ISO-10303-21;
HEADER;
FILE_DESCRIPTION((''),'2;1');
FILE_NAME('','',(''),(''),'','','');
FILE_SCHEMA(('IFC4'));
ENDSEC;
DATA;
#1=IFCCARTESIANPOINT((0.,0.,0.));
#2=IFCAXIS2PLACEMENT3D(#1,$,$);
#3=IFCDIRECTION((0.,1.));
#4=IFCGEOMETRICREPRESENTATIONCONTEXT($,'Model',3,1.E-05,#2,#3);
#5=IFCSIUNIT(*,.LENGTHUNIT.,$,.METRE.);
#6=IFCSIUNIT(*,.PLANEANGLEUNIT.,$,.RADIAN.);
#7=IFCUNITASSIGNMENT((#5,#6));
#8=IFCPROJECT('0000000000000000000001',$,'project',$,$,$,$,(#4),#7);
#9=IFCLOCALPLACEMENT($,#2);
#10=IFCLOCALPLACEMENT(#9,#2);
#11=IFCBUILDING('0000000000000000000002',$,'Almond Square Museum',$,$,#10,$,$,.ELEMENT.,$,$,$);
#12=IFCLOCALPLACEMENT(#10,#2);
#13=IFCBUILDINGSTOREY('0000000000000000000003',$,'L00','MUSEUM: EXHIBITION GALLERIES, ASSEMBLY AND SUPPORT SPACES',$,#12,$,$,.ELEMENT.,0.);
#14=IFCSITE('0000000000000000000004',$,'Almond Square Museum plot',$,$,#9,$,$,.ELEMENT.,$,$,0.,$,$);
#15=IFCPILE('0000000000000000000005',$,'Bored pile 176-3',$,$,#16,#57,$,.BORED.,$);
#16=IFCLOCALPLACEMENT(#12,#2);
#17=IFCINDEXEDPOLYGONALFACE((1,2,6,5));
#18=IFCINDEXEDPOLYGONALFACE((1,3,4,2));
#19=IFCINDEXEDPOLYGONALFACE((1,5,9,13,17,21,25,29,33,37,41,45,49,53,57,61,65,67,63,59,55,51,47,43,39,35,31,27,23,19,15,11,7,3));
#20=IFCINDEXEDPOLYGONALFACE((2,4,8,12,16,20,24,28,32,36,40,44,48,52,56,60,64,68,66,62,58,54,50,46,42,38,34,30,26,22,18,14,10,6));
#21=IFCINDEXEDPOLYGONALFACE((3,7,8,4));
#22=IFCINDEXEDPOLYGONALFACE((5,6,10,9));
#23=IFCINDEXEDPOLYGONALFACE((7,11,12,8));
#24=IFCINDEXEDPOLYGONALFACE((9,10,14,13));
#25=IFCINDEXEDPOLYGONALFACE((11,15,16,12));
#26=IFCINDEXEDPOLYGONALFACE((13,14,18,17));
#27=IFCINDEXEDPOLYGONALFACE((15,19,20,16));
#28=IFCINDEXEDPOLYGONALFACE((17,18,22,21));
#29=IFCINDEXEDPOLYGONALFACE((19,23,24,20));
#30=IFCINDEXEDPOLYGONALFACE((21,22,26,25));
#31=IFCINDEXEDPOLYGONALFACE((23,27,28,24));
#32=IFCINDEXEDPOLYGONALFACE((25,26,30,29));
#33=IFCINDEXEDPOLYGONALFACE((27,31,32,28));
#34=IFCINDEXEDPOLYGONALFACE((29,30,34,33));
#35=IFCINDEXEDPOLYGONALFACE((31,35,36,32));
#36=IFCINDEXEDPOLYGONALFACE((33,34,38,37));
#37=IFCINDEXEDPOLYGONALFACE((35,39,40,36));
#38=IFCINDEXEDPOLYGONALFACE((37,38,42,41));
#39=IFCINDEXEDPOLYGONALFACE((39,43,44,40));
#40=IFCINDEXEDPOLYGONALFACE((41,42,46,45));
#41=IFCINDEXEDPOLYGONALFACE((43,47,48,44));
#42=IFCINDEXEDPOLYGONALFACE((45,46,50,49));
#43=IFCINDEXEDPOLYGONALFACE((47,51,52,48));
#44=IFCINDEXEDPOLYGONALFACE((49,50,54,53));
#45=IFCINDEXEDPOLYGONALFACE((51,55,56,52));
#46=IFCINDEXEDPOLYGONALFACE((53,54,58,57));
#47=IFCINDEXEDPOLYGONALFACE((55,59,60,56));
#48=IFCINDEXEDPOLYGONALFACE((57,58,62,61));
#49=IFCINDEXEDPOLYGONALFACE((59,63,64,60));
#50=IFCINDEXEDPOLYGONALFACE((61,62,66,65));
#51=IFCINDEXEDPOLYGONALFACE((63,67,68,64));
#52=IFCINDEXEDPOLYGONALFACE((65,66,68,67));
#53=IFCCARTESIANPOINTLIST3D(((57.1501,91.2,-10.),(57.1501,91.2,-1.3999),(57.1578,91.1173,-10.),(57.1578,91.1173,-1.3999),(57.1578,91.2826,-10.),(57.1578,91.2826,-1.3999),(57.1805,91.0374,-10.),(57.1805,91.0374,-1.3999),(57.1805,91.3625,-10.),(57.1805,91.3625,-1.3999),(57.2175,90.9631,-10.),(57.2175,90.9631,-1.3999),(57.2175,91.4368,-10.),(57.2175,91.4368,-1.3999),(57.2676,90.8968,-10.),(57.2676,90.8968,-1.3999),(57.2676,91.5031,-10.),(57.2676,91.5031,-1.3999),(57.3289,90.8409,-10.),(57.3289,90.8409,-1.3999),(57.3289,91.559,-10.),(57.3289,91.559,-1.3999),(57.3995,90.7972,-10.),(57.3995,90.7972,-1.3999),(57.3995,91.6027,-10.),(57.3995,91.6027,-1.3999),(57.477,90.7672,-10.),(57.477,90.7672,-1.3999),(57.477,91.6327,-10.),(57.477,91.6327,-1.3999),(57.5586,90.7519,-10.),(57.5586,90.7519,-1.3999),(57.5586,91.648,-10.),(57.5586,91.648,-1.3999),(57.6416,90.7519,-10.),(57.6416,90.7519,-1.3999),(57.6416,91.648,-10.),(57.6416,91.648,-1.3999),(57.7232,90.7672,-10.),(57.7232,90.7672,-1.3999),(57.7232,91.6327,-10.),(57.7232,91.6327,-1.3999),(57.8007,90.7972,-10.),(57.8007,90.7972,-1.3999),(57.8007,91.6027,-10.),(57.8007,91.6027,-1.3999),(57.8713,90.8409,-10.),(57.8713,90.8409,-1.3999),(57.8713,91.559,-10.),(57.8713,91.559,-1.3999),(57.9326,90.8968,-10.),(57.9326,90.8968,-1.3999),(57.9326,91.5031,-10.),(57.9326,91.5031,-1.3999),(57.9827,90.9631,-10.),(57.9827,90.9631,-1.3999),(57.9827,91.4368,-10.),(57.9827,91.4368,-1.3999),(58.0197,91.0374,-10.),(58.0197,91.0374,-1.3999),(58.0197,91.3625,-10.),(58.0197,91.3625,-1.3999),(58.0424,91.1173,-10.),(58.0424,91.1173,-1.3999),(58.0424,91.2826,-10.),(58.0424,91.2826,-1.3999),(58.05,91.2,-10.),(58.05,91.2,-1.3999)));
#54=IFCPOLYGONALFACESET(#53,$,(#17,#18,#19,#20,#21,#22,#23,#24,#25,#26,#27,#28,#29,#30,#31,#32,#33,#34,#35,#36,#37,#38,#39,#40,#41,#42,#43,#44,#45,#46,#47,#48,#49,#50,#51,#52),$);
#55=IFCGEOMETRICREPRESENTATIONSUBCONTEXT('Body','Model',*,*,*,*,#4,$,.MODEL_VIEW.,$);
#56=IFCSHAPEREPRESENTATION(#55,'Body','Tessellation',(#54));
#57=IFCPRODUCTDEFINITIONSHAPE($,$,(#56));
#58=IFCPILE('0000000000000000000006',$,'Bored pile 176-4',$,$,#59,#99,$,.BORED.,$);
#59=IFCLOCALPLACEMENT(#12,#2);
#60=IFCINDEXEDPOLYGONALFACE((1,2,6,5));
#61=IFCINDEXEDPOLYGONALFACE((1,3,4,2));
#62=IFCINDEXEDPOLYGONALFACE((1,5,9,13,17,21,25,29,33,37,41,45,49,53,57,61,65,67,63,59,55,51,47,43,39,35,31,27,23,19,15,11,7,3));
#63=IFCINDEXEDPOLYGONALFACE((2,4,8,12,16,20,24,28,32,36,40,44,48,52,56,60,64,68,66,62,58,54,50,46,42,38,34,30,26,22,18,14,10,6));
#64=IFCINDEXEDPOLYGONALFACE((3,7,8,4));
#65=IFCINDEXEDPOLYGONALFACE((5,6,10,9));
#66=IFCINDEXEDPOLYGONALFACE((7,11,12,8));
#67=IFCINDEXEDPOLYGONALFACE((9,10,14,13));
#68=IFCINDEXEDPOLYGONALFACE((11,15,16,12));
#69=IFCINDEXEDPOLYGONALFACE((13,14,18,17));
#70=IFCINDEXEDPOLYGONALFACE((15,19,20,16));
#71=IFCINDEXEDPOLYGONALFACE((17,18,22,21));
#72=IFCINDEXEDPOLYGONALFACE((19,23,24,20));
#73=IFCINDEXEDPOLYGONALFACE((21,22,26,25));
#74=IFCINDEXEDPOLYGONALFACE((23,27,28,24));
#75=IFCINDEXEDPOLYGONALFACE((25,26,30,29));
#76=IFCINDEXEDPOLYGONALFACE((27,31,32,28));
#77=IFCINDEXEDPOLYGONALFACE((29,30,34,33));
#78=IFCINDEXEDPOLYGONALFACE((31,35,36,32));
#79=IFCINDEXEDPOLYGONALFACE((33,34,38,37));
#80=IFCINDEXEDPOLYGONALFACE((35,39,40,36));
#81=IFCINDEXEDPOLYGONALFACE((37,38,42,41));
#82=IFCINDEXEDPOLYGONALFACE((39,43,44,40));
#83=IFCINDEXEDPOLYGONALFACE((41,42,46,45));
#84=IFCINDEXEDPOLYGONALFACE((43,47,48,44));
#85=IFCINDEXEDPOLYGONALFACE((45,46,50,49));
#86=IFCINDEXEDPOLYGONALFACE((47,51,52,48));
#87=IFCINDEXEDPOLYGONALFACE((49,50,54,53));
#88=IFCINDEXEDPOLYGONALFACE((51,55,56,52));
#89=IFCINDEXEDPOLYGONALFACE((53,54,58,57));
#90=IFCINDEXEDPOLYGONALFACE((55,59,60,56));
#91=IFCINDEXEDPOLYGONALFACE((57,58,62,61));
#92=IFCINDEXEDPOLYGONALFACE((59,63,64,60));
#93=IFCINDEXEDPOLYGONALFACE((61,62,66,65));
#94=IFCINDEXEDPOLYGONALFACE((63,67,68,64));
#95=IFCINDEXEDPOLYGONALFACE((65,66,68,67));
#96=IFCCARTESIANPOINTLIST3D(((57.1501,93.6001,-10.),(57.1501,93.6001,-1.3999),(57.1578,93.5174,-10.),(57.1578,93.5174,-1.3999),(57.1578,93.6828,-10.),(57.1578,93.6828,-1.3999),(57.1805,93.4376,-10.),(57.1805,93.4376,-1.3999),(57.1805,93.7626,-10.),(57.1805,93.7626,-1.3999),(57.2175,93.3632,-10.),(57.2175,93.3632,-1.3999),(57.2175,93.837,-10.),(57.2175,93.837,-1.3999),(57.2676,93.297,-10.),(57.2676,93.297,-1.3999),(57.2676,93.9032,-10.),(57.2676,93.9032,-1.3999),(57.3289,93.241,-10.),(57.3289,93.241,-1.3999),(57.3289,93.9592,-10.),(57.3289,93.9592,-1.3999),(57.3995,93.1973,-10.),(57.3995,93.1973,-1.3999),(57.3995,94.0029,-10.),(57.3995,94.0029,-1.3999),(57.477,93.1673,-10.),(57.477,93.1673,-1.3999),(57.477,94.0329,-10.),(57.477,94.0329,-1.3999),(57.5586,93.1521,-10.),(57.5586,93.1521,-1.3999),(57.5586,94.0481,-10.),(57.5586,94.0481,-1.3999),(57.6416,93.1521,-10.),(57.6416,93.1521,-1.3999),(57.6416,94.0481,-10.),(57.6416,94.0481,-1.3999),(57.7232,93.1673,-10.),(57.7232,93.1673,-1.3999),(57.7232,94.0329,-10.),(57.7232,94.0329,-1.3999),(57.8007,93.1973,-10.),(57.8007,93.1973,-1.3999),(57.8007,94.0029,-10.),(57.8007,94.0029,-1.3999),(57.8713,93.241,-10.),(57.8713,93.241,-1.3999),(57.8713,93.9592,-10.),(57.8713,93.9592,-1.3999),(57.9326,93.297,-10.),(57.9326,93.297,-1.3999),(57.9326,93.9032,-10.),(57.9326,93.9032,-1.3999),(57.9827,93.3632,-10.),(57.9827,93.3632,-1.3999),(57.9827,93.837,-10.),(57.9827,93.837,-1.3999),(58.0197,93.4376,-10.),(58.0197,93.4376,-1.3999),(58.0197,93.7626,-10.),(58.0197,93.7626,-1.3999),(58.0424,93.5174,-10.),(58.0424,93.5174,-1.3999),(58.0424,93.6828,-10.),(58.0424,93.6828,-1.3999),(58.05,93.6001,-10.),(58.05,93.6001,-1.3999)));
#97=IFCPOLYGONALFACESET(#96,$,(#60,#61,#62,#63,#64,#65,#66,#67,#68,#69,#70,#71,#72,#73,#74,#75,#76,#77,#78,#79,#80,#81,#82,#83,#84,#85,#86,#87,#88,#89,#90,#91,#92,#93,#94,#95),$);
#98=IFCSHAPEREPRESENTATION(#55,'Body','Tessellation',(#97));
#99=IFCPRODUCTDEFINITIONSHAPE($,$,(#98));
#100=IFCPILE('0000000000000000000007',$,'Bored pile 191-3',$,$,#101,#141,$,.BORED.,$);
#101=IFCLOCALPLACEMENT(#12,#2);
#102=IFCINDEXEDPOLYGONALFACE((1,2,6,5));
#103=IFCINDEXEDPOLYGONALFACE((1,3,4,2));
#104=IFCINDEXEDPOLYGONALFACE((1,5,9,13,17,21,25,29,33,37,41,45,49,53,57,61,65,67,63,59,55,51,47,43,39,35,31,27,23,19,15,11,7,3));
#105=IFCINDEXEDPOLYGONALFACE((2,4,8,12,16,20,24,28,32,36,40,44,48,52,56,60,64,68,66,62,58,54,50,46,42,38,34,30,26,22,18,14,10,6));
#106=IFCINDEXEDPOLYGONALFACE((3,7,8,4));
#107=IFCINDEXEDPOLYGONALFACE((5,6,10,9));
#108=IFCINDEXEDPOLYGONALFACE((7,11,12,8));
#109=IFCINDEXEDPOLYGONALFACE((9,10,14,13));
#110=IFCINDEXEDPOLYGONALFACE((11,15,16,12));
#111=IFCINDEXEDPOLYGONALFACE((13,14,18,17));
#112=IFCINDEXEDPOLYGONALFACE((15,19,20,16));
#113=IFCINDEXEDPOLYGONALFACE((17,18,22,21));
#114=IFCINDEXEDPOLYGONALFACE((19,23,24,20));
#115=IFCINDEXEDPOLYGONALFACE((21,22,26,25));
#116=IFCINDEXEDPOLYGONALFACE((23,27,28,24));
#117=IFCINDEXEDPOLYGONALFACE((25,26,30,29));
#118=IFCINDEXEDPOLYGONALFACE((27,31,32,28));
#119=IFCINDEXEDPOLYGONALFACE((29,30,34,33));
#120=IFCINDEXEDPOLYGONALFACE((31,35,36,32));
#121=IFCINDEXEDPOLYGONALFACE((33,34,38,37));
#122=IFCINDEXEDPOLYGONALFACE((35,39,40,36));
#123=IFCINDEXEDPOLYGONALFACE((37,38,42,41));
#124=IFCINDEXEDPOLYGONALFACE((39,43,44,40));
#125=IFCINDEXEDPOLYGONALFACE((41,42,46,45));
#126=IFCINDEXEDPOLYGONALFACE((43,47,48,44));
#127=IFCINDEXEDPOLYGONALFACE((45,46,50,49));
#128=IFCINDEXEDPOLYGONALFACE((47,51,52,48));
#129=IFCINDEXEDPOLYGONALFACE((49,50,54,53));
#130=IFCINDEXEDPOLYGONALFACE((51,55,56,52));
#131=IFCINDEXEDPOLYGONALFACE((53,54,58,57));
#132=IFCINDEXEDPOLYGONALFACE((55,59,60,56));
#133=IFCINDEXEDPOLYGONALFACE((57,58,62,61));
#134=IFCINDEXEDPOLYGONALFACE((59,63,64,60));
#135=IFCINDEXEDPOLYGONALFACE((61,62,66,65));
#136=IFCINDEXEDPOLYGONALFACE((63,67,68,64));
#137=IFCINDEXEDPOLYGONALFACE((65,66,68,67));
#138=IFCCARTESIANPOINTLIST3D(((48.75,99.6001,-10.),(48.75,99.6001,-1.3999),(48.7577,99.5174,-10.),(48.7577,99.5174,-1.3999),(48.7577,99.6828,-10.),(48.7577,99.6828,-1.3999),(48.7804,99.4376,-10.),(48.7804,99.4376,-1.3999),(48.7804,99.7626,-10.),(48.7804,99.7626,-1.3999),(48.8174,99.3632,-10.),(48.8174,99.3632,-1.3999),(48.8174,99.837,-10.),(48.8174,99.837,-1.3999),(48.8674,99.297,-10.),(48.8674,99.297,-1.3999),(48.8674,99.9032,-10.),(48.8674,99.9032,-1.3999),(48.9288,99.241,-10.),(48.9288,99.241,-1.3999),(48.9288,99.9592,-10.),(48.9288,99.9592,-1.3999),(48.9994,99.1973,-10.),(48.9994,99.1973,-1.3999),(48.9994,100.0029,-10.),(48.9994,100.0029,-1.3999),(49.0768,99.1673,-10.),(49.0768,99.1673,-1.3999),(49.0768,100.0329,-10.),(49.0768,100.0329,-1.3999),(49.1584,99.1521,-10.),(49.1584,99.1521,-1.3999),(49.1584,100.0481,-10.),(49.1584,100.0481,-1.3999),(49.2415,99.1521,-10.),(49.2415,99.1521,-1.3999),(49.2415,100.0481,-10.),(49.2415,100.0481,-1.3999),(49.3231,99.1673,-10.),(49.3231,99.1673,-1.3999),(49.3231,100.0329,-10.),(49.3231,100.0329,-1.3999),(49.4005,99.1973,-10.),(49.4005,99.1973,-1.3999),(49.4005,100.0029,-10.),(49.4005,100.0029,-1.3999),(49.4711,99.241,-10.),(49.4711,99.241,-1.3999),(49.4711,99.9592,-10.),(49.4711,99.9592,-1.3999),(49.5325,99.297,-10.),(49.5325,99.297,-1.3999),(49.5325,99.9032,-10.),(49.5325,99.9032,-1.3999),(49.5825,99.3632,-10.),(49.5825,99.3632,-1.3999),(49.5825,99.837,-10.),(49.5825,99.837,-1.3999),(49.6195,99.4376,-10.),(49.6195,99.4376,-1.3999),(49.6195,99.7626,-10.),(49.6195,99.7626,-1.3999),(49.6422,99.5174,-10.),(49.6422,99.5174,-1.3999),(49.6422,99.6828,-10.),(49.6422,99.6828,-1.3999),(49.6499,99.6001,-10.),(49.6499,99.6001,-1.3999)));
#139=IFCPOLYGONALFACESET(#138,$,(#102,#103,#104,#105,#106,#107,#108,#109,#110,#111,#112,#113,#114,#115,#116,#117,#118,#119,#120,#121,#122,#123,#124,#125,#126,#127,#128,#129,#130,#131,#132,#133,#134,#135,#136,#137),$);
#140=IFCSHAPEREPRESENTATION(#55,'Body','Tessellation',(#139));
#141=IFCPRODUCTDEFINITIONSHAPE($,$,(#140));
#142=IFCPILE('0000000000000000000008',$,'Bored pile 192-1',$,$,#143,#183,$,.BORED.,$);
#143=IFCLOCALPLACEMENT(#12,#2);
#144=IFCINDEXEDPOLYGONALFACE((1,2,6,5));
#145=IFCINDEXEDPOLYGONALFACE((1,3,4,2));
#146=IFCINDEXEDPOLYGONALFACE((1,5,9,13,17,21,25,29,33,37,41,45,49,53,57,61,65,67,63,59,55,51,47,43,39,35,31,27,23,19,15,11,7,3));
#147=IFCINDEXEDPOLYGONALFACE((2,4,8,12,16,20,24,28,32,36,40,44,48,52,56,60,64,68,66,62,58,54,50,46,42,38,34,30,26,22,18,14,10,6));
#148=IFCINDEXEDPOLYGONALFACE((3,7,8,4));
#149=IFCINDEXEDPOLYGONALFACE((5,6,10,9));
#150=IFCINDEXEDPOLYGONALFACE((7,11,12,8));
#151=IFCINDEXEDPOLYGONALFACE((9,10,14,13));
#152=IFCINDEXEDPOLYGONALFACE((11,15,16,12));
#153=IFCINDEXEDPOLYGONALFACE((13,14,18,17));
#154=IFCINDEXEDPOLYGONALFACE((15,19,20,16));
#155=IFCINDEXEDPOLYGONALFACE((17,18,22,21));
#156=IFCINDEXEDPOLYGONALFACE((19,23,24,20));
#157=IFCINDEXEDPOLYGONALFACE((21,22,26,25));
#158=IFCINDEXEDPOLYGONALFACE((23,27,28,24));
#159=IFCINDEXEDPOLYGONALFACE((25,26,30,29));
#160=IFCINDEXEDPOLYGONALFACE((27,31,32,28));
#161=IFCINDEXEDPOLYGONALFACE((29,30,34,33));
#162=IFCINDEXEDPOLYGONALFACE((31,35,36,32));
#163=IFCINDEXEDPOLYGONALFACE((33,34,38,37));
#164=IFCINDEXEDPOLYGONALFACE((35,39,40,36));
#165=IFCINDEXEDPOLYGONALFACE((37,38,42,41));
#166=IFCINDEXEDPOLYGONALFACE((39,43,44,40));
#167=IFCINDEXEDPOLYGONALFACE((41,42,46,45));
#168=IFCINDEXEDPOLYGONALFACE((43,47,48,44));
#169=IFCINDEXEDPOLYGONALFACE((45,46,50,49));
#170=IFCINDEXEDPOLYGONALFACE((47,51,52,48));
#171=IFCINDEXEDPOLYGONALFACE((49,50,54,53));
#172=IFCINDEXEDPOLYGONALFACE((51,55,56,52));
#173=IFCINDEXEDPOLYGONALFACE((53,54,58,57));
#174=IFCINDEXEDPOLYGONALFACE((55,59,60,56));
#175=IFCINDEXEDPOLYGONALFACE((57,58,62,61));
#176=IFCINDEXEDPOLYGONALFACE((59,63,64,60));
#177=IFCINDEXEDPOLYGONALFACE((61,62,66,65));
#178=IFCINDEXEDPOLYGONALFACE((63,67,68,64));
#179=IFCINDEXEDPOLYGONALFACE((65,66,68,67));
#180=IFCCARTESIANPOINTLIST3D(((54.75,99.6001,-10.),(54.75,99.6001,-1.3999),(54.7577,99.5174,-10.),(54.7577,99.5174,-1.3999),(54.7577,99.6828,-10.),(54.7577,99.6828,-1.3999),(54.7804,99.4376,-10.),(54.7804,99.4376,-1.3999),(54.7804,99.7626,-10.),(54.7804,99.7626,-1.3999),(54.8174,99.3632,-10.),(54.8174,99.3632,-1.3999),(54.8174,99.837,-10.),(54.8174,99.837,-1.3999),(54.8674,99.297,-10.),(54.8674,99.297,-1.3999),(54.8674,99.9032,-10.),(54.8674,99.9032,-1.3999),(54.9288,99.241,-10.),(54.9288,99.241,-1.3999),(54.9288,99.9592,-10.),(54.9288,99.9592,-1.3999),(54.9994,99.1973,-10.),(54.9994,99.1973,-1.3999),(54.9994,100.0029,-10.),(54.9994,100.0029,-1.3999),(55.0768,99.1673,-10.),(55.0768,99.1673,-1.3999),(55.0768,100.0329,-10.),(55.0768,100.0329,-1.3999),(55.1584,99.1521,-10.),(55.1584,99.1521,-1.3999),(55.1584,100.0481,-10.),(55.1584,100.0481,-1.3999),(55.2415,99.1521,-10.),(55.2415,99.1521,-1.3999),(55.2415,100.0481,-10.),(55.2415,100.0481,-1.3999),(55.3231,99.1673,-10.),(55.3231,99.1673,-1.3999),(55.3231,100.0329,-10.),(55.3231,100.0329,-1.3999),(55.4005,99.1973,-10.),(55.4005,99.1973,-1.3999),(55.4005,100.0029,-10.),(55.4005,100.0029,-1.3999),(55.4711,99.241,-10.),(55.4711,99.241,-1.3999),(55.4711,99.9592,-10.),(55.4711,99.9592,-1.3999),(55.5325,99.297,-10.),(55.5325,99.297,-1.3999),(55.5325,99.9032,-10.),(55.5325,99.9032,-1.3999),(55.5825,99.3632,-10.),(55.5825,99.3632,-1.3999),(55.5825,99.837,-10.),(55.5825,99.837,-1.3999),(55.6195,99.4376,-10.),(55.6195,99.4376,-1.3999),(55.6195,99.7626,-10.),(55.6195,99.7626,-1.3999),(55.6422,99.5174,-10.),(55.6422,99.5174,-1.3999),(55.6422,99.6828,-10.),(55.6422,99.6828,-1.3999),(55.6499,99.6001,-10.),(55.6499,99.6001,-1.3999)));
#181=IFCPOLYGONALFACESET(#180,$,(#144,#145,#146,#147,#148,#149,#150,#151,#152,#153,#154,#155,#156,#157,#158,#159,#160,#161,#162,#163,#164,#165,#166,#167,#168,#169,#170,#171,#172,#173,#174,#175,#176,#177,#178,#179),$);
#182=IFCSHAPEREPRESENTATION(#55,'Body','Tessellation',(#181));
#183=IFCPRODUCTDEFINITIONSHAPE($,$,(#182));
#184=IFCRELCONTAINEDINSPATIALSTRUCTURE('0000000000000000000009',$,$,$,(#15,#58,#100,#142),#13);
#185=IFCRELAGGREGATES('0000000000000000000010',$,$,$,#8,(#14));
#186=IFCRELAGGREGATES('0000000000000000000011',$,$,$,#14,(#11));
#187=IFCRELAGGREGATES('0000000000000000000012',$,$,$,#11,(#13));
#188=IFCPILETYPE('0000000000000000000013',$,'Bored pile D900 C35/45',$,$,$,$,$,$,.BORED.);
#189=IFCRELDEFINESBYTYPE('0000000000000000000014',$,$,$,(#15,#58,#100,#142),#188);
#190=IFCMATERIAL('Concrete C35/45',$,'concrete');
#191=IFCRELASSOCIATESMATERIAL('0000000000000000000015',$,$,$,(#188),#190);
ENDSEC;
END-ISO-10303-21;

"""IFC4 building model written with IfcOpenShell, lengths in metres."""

from ifc_helpers import new_model, si_unit, direction, frame, origin, origin_2d, place, context, subcontext, project, spatial, circle, extrude, material, material_profile, profile_set, type_object, element, save


model = new_model("IFC4")

# Units and contexts
model_context = context("Model", 3, precision=1e-05, world=origin(), true_north=direction((0.0, 1.0)))
body_context = subcontext(model_context, "Body", "Model", "MODEL_VIEW")
ifc_project = project(units=[si_unit("LENGTHUNIT", "METRE"), si_unit("PLANEANGLEUNIT", "RADIAN")], contexts=[model_context])

# Site, building, storey
site_placement = place(None, origin())
site = spatial("IfcSite", under=ifc_project, at=site_placement, Name="Almond Square Museum plot", CompositionType="ELEMENT", RefElevation=0.0)
building_placement = place(site_placement, origin())
building = spatial("IfcBuilding", under=site, at=building_placement, Name="Almond Square Museum", CompositionType="ELEMENT")
storey_placement = place(building_placement, origin())
storey = spatial("IfcBuildingStorey", under=building, at=storey_placement, Name="L00", Description="MUSEUM: EXHIBITION GALLERIES, ASSEMBLY AND SUPPORT SPACES", CompositionType="ELEMENT", Elevation=0.0)

# Piles
ifc_material_1 = material(Name="Concrete C35/45", Category="concrete")
ifc_material_profile_1 = material_profile(ifc_material_1, circle(Radius=0.45, at=origin_2d()))
ifc_profile_set_1 = profile_set([ifc_material_profile_1], Name="Concrete C35/45")
pile_type = type_object("IfcPileType", Name="Bored pile D900 C35/45", PredefinedType="BORED", material=ifc_profile_set_1)
for number, where, z_axis, x_axis, name in (
    (1, (57.6001, 91.2, -1.3999), (0.0, 0.0, -1.0), (1.0, 0.0, 0.0), "Bored pile 176-3"),
    (2, (57.6001, 93.6001, -1.3999), (0.0, 0.0, -1.0), (1.0, 0.0, 0.0), "Bored pile 176-4"),
    (3, (49.2, 99.6001, -1.3999), (0.0, 0.0, -1.0), (1.0, 0.0, 0.0), "Bored pile 191-3"),
    (4, (55.2, 99.6001, -1.3999), (0.0, 0.0, -1.0), (1.0, 0.0, 0.0), "Bored pile 192-1"),
):
    element("IfcPile", number, at=place(storey_placement, frame(where, z_axis=z_axis, x_axis=x_axis)), inside=storey, type_object=pile_type, Name=name, PredefinedType="BORED", context=body_context, shape_type="SweptSolid", body=[
        extrude(circle(Radius=0.45, at=origin_2d()), origin(), (0.0, 0.0, 1.0), 8.6001),
    ])

save(model, "model.ifc")
